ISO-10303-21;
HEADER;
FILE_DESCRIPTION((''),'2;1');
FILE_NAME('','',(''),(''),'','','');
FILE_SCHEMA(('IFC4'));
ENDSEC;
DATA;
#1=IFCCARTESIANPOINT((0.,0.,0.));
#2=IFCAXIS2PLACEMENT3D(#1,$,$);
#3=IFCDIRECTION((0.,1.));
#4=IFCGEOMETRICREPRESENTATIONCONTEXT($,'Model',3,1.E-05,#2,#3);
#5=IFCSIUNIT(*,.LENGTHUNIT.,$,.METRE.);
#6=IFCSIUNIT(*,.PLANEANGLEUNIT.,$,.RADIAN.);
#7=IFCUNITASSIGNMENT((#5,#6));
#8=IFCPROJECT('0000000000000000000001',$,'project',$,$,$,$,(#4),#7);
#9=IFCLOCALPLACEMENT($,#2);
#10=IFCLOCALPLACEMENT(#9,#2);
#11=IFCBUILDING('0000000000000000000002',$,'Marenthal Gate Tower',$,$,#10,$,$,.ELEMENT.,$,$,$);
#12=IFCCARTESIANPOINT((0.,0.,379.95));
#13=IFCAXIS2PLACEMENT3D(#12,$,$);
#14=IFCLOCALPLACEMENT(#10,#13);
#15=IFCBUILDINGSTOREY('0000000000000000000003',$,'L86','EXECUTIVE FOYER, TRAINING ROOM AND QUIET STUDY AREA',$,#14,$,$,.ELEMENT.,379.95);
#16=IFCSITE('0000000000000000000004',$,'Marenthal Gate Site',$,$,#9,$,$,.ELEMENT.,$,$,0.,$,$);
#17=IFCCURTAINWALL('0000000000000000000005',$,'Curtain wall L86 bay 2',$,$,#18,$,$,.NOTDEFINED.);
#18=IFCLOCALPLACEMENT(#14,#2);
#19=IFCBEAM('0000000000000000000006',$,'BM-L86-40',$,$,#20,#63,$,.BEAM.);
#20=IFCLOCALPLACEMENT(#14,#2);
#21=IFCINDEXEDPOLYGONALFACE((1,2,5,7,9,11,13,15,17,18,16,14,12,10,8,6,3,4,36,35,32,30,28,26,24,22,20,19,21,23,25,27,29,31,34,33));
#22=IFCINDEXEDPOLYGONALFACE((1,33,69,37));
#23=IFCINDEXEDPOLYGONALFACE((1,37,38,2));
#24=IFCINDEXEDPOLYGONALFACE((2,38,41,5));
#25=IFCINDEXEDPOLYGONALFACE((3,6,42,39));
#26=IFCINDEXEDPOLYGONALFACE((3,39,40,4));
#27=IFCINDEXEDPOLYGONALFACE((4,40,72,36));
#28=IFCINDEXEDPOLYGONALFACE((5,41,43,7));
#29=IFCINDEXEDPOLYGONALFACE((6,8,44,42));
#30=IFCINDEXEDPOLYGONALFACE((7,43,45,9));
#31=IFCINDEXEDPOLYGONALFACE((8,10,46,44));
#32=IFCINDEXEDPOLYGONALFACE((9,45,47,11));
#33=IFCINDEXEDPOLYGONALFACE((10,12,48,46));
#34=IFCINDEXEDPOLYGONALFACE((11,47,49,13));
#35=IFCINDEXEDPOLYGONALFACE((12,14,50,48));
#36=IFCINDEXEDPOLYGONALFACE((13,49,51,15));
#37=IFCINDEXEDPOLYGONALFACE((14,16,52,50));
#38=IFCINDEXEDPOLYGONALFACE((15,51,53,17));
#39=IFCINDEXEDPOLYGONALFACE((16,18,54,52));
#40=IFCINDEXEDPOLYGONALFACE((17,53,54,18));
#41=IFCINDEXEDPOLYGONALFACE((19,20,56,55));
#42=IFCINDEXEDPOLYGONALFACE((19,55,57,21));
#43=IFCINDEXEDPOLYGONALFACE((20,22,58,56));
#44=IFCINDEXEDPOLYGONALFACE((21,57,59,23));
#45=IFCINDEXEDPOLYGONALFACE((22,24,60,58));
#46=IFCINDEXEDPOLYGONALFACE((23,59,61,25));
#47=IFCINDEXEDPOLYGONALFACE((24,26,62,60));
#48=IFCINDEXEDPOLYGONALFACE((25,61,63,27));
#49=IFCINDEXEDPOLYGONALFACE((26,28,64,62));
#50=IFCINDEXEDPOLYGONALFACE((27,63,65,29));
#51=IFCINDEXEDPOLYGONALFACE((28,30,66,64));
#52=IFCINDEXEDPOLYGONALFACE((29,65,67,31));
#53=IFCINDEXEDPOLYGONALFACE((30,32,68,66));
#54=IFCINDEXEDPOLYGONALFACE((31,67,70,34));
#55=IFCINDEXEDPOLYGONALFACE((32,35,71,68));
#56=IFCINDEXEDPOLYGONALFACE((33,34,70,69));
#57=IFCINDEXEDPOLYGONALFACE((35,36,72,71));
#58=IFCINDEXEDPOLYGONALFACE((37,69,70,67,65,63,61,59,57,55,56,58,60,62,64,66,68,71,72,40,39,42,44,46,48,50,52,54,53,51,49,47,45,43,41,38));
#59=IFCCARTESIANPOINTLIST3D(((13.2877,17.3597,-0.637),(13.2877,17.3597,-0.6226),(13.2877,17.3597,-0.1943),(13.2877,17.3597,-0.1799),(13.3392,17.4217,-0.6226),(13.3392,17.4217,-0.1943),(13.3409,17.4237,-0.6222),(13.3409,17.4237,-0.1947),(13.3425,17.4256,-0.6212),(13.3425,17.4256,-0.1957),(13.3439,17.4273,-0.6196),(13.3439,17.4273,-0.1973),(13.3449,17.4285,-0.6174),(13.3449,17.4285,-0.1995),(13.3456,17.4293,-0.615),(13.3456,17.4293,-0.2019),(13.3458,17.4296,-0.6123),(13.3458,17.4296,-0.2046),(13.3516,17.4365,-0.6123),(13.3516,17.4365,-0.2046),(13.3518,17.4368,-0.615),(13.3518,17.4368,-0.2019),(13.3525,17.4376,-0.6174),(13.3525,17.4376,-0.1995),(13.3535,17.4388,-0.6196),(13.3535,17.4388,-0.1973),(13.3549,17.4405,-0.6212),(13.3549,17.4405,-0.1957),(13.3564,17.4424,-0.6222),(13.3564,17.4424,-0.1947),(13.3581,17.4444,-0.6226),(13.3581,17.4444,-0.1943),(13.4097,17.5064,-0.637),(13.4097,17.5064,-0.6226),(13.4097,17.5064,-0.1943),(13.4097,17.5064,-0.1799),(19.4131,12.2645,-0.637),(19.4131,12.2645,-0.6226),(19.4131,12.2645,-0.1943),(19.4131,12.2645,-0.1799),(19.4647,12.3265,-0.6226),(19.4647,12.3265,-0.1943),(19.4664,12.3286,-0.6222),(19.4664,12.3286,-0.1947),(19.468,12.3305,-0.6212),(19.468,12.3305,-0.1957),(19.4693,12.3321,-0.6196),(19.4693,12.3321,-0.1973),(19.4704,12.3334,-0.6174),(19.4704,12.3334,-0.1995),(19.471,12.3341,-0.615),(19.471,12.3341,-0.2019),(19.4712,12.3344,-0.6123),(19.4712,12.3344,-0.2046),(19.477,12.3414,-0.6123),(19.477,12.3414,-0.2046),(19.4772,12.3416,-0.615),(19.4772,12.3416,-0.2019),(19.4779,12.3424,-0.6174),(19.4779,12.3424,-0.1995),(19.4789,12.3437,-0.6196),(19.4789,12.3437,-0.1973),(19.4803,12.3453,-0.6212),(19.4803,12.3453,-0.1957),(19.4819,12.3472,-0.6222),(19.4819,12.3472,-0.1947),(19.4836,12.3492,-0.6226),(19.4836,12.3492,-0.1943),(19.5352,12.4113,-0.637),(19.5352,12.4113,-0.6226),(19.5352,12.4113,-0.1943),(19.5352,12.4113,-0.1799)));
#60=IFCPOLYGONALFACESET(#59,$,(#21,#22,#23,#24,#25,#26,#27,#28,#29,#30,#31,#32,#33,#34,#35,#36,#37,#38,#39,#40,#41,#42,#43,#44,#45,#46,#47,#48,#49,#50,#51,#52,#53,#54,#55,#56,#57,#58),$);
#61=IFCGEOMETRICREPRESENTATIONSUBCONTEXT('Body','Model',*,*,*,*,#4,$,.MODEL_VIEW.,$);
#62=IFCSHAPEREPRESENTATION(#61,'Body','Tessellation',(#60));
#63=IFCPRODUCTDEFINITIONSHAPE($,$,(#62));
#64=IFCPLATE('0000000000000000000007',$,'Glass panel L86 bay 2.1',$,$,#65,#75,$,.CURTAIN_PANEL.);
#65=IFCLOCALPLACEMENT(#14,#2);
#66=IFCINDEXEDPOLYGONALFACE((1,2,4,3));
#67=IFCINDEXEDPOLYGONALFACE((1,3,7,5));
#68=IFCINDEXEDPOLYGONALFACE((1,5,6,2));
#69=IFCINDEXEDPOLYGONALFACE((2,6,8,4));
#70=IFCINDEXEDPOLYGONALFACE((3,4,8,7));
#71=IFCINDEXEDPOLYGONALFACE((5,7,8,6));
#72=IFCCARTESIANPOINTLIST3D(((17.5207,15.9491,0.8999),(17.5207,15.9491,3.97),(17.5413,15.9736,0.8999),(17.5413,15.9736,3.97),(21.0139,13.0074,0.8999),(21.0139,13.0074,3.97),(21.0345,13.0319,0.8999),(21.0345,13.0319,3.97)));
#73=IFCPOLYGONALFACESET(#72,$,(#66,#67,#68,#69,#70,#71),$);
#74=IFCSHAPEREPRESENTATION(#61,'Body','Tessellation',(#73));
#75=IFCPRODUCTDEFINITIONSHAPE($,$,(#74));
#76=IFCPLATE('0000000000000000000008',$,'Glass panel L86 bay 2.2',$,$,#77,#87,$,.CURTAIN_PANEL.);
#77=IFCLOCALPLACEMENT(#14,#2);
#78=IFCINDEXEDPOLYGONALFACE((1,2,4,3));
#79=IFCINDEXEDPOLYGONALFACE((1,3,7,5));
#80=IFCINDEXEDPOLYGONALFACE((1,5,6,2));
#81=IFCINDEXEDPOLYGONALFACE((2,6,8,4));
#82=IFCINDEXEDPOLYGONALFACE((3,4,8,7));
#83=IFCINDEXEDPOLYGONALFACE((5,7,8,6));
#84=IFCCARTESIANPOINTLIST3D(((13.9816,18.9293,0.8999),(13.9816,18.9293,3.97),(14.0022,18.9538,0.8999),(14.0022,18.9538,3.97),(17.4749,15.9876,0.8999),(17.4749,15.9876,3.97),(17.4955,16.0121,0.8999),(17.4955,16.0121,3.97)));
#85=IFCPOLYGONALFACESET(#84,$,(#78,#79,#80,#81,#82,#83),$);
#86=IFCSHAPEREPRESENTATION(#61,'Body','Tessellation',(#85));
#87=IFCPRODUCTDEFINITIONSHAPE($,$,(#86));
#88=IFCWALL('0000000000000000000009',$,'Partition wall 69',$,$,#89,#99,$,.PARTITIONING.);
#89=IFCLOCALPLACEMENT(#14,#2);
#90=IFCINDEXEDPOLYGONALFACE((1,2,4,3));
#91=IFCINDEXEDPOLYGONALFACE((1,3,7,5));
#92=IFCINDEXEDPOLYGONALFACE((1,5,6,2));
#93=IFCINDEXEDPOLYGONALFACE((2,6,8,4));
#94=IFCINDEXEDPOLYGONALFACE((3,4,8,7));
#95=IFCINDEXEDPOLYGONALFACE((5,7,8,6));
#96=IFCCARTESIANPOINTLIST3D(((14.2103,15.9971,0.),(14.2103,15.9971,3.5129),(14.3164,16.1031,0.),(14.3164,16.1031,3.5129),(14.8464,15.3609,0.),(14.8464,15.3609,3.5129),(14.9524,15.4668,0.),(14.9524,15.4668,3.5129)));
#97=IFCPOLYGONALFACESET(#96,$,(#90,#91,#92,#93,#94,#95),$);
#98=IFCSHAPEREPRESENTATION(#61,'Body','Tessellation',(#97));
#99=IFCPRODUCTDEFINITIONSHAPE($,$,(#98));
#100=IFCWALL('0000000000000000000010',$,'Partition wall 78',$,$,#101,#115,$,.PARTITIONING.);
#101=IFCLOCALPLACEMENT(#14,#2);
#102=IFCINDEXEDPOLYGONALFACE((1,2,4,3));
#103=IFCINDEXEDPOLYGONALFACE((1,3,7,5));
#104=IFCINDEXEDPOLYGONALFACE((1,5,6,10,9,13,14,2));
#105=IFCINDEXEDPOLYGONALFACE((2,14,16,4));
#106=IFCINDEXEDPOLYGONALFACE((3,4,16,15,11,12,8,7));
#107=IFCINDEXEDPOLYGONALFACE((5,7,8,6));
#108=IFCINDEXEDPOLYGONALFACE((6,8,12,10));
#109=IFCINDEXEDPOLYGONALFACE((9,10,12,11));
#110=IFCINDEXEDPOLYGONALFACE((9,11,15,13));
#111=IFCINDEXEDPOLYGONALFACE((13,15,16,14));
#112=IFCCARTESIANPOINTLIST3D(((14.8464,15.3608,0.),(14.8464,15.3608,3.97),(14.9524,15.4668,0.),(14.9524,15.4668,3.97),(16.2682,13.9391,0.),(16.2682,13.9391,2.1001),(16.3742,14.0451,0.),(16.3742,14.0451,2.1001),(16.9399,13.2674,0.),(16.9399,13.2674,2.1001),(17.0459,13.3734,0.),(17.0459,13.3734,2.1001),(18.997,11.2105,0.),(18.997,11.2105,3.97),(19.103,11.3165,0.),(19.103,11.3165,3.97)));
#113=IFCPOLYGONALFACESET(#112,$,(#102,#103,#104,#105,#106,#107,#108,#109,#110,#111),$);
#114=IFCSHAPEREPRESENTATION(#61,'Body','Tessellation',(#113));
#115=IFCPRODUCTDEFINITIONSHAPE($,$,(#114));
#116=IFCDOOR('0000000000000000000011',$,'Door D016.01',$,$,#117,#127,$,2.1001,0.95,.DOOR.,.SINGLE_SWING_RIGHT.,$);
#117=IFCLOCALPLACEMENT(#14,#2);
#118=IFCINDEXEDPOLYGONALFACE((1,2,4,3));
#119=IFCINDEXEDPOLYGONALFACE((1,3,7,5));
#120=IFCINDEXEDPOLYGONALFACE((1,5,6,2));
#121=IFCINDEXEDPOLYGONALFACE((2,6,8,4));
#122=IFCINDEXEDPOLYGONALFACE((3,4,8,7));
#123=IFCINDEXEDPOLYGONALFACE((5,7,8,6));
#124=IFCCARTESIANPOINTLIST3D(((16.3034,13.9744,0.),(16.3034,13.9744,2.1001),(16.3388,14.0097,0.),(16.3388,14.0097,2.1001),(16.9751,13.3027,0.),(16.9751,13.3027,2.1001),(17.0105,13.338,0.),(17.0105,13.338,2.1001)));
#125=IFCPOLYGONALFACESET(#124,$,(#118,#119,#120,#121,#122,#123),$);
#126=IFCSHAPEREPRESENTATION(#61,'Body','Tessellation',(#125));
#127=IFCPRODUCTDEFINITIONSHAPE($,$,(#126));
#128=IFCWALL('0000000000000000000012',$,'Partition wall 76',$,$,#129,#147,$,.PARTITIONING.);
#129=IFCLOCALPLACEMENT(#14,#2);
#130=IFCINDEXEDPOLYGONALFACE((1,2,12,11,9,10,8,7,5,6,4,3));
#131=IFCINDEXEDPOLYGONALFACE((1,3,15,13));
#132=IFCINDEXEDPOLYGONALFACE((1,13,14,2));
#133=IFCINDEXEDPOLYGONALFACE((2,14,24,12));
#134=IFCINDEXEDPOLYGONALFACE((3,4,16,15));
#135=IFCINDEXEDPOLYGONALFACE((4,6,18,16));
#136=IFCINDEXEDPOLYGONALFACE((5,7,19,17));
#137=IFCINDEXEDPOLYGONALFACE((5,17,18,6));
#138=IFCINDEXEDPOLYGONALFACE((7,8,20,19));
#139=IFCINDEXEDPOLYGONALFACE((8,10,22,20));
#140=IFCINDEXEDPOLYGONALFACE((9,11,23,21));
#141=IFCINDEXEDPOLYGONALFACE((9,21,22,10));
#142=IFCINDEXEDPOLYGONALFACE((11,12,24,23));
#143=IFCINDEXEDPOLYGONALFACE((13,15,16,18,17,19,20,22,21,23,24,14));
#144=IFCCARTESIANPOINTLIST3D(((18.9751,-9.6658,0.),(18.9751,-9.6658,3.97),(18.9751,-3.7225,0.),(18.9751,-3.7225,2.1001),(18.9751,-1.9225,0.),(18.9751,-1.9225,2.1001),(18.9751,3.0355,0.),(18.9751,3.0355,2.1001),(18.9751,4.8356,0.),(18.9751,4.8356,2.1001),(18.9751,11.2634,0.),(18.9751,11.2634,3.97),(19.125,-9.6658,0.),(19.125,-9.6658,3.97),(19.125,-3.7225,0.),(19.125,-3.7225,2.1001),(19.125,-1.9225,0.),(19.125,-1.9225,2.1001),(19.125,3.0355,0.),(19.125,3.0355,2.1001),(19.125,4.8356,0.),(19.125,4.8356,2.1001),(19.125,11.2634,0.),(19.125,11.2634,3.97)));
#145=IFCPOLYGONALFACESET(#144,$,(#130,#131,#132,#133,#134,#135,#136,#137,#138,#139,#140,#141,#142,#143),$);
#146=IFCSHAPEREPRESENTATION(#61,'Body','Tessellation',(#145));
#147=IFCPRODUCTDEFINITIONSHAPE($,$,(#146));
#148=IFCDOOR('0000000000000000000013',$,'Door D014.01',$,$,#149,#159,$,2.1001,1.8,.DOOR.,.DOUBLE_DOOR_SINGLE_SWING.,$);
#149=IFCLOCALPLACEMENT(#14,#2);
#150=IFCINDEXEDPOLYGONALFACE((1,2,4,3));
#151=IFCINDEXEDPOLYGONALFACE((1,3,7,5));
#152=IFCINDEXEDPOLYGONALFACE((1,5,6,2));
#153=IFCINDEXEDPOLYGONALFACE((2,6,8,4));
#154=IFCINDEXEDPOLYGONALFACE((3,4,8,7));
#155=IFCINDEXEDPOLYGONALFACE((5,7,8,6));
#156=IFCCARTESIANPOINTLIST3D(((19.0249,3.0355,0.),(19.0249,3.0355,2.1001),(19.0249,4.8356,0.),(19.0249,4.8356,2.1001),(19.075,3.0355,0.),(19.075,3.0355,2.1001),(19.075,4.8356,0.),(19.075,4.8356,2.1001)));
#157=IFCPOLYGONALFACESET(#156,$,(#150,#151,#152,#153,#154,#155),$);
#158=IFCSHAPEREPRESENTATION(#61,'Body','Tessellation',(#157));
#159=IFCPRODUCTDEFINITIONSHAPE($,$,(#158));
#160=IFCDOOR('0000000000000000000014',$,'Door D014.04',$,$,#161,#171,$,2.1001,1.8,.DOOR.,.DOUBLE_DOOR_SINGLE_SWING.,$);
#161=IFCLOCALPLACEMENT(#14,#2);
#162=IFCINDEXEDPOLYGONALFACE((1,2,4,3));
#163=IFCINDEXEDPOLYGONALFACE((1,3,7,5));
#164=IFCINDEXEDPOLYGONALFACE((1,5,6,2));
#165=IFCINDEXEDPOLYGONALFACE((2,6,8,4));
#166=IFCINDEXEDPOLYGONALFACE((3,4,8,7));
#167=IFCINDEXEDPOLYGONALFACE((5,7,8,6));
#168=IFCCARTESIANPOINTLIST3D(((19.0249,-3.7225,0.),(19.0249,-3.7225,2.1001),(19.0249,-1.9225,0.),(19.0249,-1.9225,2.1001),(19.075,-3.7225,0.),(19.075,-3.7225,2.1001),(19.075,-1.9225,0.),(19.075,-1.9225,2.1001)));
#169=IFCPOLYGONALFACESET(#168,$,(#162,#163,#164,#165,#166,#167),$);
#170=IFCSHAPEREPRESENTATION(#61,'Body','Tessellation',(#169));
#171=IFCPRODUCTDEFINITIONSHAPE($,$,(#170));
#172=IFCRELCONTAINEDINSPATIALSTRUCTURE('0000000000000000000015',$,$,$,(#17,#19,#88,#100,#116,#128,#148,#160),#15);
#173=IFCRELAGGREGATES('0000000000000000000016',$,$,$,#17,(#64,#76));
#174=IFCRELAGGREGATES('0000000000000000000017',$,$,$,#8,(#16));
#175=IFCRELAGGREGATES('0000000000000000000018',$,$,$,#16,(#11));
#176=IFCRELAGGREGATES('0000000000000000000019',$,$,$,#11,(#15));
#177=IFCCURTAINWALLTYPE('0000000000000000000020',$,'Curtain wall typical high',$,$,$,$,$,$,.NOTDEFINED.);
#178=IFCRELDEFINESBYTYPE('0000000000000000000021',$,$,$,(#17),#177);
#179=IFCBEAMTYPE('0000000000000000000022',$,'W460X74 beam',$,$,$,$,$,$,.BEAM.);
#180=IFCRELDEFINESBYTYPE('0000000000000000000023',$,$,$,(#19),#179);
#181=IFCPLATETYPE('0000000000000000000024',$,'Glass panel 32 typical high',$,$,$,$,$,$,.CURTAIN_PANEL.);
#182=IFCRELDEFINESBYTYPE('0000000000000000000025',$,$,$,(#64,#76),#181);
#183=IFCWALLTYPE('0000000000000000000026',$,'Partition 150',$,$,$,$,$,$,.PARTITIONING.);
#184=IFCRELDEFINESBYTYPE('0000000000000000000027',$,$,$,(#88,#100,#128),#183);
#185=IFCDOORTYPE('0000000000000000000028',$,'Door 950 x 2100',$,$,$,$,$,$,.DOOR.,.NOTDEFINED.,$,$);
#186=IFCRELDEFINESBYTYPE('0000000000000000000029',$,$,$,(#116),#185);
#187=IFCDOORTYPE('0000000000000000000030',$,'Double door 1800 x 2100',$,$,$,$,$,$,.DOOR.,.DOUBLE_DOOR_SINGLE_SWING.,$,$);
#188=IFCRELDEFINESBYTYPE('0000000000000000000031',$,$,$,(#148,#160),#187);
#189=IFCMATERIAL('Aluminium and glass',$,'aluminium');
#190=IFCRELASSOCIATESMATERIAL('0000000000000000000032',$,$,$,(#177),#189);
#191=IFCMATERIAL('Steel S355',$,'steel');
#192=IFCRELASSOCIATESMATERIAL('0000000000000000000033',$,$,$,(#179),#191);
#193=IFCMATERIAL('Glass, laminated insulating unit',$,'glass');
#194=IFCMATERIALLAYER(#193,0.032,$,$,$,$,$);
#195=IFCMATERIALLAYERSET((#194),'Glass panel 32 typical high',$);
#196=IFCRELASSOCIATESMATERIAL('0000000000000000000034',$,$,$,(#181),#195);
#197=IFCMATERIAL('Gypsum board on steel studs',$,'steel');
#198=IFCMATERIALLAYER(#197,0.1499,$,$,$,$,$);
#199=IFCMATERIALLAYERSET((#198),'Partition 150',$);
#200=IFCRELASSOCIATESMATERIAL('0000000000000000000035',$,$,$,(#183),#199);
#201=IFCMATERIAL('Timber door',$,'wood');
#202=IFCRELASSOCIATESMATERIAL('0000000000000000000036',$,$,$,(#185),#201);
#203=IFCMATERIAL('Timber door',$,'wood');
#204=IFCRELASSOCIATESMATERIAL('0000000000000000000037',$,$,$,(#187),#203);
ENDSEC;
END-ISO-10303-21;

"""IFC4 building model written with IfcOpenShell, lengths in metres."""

from ifc_helpers import new_model, si_unit, direction, frame, frame_2d, origin, origin_2d, place, context, subcontext, project, spatial, rectangle, i_section, extrude, material, layer, layer_set, material_profile, profile_set, type_object, element, fill, aggregate, save


model = new_model("IFC4")

# Units and contexts
model_context = context("Model", 3, precision=1e-05, world=origin(), true_north=direction((0.0, 1.0)))
body_context = subcontext(model_context, "Body", "Model", "MODEL_VIEW")
ifc_project = project(units=[si_unit("LENGTHUNIT", "METRE"), si_unit("PLANEANGLEUNIT", "RADIAN")], contexts=[model_context])

# Site, building, storey
site_placement = place(None, origin())
site = spatial("IfcSite", under=ifc_project, at=site_placement, Name="Marenthal Gate Site", CompositionType="ELEMENT", RefElevation=0.0)
building_placement = place(site_placement, origin())
building = spatial("IfcBuilding", under=site, at=building_placement, Name="Marenthal Gate Tower", CompositionType="ELEMENT")
storey_placement = place(building_placement, frame((0.0, 0.0, 379.95)))
storey = spatial("IfcBuildingStorey", under=building, at=storey_placement, Name="L86", Description="EXECUTIVE FOYER, TRAINING ROOM AND QUIET STUDY AREA", CompositionType="ELEMENT", Elevation=379.95)

# Curtain wall
ifc_material_1 = material(Name="Aluminium and glass", Category="aluminium")
curtain_wall_type = type_object("IfcCurtainWallType", Name="Curtain wall typical high", PredefinedType="NOTDEFINED", material=ifc_material_1)
curtain_wall_placement = place(storey_placement, origin())
curtain_wall = element("IfcCurtainWall", 1, at=curtain_wall_placement, inside=storey, type_object=curtain_wall_type, Name="Curtain wall L86 bay 2", PredefinedType="NOTDEFINED")

# Beam
ifc_material_2 = material(Name="Steel S355", Category="steel")
ifc_material_profile_1 = material_profile(ifc_material_2, i_section(OverallWidth=0.1909, OverallDepth=0.457, WebThickness=0.009, FlangeThickness=0.0144, FilletRadius=0.0103, at=origin_2d()), Name="W460X74")
ifc_profile_set_1 = profile_set([ifc_material_profile_1], Name="Steel S355")
beam_type_1 = type_object("IfcBeamType", Name="W460X74 beam", PredefinedType="BEAM", material=ifc_profile_set_1)
beam_1_placement = place(storey_placement, frame((19.4741, 12.3379, -0.4084), z_axis=(-0.768799, 0.639491, 0.0), x_axis=(-0.639491, -0.768799, 0.0)))
element("IfcBeam", 2, at=beam_1_placement, inside=storey, type_object=beam_type_1, Name="BM-L86-40", PredefinedType="BEAM", context=body_context, shape_type="SweptSolid", body=[
    extrude(i_section(OverallWidth=0.1909, OverallDepth=0.457, WebThickness=0.009, FlangeThickness=0.0144, FilletRadius=0.0103, at=origin_2d()), origin(), (0.0, 0.0, 1.0), 7.9675),
])

# Plates
ifc_material_3 = material(Name="Glass, laminated insulating unit", Category="glass")
ifc_layer_1 = layer(ifc_material_3, 0.032)
ifc_layer_set_1 = layer_set([ifc_layer_1], Name="Glass panel 32 typical high")
plate_type = type_object("IfcPlateType", Name="Glass panel 32 typical high", PredefinedType="CURTAIN_PANEL", material=ifc_layer_set_1)
plate_1_placement = place(storey_placement, frame((19.2776, 14.4905, 0.8999), z_axis=(0.0, 0.0, 1.0), x_axis=(-0.764912, 0.644135, 0.0)))
plate_1 = element("IfcPlate", 3, at=plate_1_placement, type_object=plate_type, Name="Glass panel L86 bay 2.1", PredefinedType="CURTAIN_PANEL", context=body_context, shape_type="SweptSolid", body=[
    extrude(rectangle(XDim=4.5669, YDim=0.032, at=origin_2d()), origin(), (0.0, 0.0, 1.0), 3.0701),
])
plate_2_placement = place(storey_placement, frame((15.7385, 17.4707, 0.8999), z_axis=(0.0, 0.0, 1.0), x_axis=(-0.764912, 0.644135, 0.0)))
plate_2 = element("IfcPlate", 4, at=plate_2_placement, type_object=plate_type, Name="Glass panel L86 bay 2.2", PredefinedType="CURTAIN_PANEL", context=body_context, shape_type="SweptSolid", body=[
    extrude(rectangle(XDim=4.5669, YDim=0.032, at=origin_2d()), origin(), (0.0, 0.0, 1.0), 3.0701),
])
aggregate(curtain_wall, [plate_1, plate_2])

# Wall
ifc_material_4 = material(Name="Gypsum board on steel studs", Category="steel")
ifc_layer_2 = layer(ifc_material_4, 0.1499)
ifc_layer_set_2 = layer_set([ifc_layer_2], Name="Partition 150")
wall_type_1 = type_object("IfcWallType", Name="Partition 150", PredefinedType="PARTITIONING", material=ifc_layer_set_2)
wall_1_placement = place(storey_placement, frame((14.2634, 16.05, 0.0), z_axis=(0.0, 0.0, 1.0), x_axis=(0.706971, -0.707242, 0.0)))
element("IfcWall", 5, at=wall_1_placement, inside=storey, type_object=wall_type_1, Name="Partition wall 69", PredefinedType="PARTITIONING", context=body_context, shape_type="SweptSolid", body=[
    extrude(rectangle(XDim=0.8997, YDim=0.1499, at=frame_2d((0.4497, 0.0))), origin(), (0.0, 0.0, 1.0), 3.5129),
])

# Wall, opening, door
wall_2_placement = place(storey_placement, frame((14.8994, 15.4138, 0.0), z_axis=(0.0, 0.0, 1.0), x_axis=(0.707128, -0.707086, 0.0)))
wall_2 = element("IfcWall", 6, at=wall_2_placement, inside=storey, type_object=wall_type_1, Name="Partition wall 78", PredefinedType="PARTITIONING", context=body_context, shape_type="SweptSolid", body=[
    extrude(rectangle(XDim=5.8696, YDim=0.1499, at=frame_2d((2.9348, 0.0))), origin(), (0.0, 0.0, 1.0), 3.97),
])
opening_1_placement = place(wall_2_placement, frame((2.0105, 0.0, 0.0)))
opening_1 = element("IfcOpeningElement", 7, at=opening_1_placement, cuts=wall_2, PredefinedType="OPENING", context=body_context, shape_type="SweptSolid", body=[
    extrude(rectangle(XDim=0.95, YDim=2.1001, at=frame_2d((0.4751, 1.05))), frame((0.0, 0.085, 0.0), z_axis=(0.0, -1.0, 0.0), x_axis=(1.0, 0.0, 0.0)), (0.0, 0.0, 1.0), 0.1699),
])
ifc_material_5 = material(Name="Timber door", Category="wood")
door_type_1 = type_object("IfcDoorType", Name="Door 950 x 2100", OperationType="NOTDEFINED", PredefinedType="DOOR", material=ifc_material_5)
door_1_placement = place(opening_1_placement, origin())
door_1 = element("IfcDoor", 8, at=door_1_placement, inside=storey, type_object=door_type_1, Name="Door D016.01", OperationType="SINGLE_SWING_RIGHT", OverallHeight=2.1001, OverallWidth=0.95, PredefinedType="DOOR", context=body_context, shape_type="SweptSolid", body=[
    extrude(rectangle(XDim=0.95, YDim=2.1001, at=frame_2d((0.4751, 1.05))), frame((0.0, 0.0249, 0.0), z_axis=(0.0, -1.0, 0.0), x_axis=(1.0, 0.0, 0.0)), (0.0, 0.0, 1.0), 0.05),
])
fill(opening_1, door_1)

# Wall, openings, doors
wall_3_placement = place(storey_placement, frame((19.05, 11.2634, 0.0), z_axis=(0.0, 0.0, 1.0), x_axis=(0.0, -1.0, 0.0)))
wall_3 = element("IfcWall", 9, at=wall_3_placement, inside=storey, type_object=wall_type_1, Name="Partition wall 76", PredefinedType="PARTITIONING", context=body_context, shape_type="SweptSolid", body=[
    extrude(rectangle(XDim=20.9292, YDim=0.1499, at=frame_2d((10.4646, 0.0))), origin(), (0.0, 0.0, 1.0), 3.97),
])
opening_2_placement = place(wall_3_placement, frame((6.428, 0.0, 0.0)))
opening_2 = element("IfcOpeningElement", 10, at=opening_2_placement, cuts=wall_3, PredefinedType="OPENING", context=body_context, shape_type="SweptSolid", body=[
    extrude(rectangle(XDim=1.8, YDim=2.1001, at=frame_2d((0.8999, 1.05))), frame((0.0, 0.085, 0.0), z_axis=(0.0, -1.0, 0.0), x_axis=(1.0, 0.0, 0.0)), (0.0, 0.0, 1.0), 0.1699),
])
opening_3_placement = place(wall_3_placement, frame((13.186, 0.0, 0.0)))
opening_3 = element("IfcOpeningElement", 11, at=opening_3_placement, cuts=wall_3, PredefinedType="OPENING", context=body_context, shape_type="SweptSolid", body=[
    extrude(rectangle(XDim=1.8, YDim=2.1001, at=frame_2d((0.8999, 1.05))), frame((0.0, 0.085, 0.0), z_axis=(0.0, -1.0, 0.0), x_axis=(1.0, 0.0, 0.0)), (0.0, 0.0, 1.0), 0.1699),
])
ifc_material_6 = material(Name="Timber door", Category="wood")
door_type_2 = type_object("IfcDoorType", Name="Double door 1800 x 2100", OperationType="DOUBLE_DOOR_SINGLE_SWING", PredefinedType="DOOR", material=ifc_material_6)
door_2_placement = place(opening_2_placement, origin())
door_2 = element("IfcDoor", 12, at=door_2_placement, inside=storey, type_object=door_type_2, Name="Door D014.01", OperationType="DOUBLE_DOOR_SINGLE_SWING", OverallHeight=2.1001, OverallWidth=1.8, PredefinedType="DOOR", context=body_context, shape_type="SweptSolid", body=[
    extrude(rectangle(XDim=1.8, YDim=2.1001, at=frame_2d((0.8999, 1.05))), frame((0.0, 0.0249, 0.0), z_axis=(0.0, -1.0, 0.0), x_axis=(1.0, 0.0, 0.0)), (0.0, 0.0, 1.0), 0.05),
])
fill(opening_2, door_2)
door_3_placement = place(opening_3_placement, origin())
door_3 = element("IfcDoor", 13, at=door_3_placement, inside=storey, type_object=door_type_2, Name="Door D014.04", OperationType="DOUBLE_DOOR_SINGLE_SWING", OverallHeight=2.1001, OverallWidth=1.8, PredefinedType="DOOR", context=body_context, shape_type="SweptSolid", body=[
    extrude(rectangle(XDim=1.8, YDim=2.1001, at=frame_2d((0.8999, 1.05))), frame((0.0, 0.0249, 0.0), z_axis=(0.0, -1.0, 0.0), x_axis=(1.0, 0.0, 0.0)), (0.0, 0.0, 1.0), 0.05),
])
fill(opening_3, door_3)

save(model, "model.ifc")
